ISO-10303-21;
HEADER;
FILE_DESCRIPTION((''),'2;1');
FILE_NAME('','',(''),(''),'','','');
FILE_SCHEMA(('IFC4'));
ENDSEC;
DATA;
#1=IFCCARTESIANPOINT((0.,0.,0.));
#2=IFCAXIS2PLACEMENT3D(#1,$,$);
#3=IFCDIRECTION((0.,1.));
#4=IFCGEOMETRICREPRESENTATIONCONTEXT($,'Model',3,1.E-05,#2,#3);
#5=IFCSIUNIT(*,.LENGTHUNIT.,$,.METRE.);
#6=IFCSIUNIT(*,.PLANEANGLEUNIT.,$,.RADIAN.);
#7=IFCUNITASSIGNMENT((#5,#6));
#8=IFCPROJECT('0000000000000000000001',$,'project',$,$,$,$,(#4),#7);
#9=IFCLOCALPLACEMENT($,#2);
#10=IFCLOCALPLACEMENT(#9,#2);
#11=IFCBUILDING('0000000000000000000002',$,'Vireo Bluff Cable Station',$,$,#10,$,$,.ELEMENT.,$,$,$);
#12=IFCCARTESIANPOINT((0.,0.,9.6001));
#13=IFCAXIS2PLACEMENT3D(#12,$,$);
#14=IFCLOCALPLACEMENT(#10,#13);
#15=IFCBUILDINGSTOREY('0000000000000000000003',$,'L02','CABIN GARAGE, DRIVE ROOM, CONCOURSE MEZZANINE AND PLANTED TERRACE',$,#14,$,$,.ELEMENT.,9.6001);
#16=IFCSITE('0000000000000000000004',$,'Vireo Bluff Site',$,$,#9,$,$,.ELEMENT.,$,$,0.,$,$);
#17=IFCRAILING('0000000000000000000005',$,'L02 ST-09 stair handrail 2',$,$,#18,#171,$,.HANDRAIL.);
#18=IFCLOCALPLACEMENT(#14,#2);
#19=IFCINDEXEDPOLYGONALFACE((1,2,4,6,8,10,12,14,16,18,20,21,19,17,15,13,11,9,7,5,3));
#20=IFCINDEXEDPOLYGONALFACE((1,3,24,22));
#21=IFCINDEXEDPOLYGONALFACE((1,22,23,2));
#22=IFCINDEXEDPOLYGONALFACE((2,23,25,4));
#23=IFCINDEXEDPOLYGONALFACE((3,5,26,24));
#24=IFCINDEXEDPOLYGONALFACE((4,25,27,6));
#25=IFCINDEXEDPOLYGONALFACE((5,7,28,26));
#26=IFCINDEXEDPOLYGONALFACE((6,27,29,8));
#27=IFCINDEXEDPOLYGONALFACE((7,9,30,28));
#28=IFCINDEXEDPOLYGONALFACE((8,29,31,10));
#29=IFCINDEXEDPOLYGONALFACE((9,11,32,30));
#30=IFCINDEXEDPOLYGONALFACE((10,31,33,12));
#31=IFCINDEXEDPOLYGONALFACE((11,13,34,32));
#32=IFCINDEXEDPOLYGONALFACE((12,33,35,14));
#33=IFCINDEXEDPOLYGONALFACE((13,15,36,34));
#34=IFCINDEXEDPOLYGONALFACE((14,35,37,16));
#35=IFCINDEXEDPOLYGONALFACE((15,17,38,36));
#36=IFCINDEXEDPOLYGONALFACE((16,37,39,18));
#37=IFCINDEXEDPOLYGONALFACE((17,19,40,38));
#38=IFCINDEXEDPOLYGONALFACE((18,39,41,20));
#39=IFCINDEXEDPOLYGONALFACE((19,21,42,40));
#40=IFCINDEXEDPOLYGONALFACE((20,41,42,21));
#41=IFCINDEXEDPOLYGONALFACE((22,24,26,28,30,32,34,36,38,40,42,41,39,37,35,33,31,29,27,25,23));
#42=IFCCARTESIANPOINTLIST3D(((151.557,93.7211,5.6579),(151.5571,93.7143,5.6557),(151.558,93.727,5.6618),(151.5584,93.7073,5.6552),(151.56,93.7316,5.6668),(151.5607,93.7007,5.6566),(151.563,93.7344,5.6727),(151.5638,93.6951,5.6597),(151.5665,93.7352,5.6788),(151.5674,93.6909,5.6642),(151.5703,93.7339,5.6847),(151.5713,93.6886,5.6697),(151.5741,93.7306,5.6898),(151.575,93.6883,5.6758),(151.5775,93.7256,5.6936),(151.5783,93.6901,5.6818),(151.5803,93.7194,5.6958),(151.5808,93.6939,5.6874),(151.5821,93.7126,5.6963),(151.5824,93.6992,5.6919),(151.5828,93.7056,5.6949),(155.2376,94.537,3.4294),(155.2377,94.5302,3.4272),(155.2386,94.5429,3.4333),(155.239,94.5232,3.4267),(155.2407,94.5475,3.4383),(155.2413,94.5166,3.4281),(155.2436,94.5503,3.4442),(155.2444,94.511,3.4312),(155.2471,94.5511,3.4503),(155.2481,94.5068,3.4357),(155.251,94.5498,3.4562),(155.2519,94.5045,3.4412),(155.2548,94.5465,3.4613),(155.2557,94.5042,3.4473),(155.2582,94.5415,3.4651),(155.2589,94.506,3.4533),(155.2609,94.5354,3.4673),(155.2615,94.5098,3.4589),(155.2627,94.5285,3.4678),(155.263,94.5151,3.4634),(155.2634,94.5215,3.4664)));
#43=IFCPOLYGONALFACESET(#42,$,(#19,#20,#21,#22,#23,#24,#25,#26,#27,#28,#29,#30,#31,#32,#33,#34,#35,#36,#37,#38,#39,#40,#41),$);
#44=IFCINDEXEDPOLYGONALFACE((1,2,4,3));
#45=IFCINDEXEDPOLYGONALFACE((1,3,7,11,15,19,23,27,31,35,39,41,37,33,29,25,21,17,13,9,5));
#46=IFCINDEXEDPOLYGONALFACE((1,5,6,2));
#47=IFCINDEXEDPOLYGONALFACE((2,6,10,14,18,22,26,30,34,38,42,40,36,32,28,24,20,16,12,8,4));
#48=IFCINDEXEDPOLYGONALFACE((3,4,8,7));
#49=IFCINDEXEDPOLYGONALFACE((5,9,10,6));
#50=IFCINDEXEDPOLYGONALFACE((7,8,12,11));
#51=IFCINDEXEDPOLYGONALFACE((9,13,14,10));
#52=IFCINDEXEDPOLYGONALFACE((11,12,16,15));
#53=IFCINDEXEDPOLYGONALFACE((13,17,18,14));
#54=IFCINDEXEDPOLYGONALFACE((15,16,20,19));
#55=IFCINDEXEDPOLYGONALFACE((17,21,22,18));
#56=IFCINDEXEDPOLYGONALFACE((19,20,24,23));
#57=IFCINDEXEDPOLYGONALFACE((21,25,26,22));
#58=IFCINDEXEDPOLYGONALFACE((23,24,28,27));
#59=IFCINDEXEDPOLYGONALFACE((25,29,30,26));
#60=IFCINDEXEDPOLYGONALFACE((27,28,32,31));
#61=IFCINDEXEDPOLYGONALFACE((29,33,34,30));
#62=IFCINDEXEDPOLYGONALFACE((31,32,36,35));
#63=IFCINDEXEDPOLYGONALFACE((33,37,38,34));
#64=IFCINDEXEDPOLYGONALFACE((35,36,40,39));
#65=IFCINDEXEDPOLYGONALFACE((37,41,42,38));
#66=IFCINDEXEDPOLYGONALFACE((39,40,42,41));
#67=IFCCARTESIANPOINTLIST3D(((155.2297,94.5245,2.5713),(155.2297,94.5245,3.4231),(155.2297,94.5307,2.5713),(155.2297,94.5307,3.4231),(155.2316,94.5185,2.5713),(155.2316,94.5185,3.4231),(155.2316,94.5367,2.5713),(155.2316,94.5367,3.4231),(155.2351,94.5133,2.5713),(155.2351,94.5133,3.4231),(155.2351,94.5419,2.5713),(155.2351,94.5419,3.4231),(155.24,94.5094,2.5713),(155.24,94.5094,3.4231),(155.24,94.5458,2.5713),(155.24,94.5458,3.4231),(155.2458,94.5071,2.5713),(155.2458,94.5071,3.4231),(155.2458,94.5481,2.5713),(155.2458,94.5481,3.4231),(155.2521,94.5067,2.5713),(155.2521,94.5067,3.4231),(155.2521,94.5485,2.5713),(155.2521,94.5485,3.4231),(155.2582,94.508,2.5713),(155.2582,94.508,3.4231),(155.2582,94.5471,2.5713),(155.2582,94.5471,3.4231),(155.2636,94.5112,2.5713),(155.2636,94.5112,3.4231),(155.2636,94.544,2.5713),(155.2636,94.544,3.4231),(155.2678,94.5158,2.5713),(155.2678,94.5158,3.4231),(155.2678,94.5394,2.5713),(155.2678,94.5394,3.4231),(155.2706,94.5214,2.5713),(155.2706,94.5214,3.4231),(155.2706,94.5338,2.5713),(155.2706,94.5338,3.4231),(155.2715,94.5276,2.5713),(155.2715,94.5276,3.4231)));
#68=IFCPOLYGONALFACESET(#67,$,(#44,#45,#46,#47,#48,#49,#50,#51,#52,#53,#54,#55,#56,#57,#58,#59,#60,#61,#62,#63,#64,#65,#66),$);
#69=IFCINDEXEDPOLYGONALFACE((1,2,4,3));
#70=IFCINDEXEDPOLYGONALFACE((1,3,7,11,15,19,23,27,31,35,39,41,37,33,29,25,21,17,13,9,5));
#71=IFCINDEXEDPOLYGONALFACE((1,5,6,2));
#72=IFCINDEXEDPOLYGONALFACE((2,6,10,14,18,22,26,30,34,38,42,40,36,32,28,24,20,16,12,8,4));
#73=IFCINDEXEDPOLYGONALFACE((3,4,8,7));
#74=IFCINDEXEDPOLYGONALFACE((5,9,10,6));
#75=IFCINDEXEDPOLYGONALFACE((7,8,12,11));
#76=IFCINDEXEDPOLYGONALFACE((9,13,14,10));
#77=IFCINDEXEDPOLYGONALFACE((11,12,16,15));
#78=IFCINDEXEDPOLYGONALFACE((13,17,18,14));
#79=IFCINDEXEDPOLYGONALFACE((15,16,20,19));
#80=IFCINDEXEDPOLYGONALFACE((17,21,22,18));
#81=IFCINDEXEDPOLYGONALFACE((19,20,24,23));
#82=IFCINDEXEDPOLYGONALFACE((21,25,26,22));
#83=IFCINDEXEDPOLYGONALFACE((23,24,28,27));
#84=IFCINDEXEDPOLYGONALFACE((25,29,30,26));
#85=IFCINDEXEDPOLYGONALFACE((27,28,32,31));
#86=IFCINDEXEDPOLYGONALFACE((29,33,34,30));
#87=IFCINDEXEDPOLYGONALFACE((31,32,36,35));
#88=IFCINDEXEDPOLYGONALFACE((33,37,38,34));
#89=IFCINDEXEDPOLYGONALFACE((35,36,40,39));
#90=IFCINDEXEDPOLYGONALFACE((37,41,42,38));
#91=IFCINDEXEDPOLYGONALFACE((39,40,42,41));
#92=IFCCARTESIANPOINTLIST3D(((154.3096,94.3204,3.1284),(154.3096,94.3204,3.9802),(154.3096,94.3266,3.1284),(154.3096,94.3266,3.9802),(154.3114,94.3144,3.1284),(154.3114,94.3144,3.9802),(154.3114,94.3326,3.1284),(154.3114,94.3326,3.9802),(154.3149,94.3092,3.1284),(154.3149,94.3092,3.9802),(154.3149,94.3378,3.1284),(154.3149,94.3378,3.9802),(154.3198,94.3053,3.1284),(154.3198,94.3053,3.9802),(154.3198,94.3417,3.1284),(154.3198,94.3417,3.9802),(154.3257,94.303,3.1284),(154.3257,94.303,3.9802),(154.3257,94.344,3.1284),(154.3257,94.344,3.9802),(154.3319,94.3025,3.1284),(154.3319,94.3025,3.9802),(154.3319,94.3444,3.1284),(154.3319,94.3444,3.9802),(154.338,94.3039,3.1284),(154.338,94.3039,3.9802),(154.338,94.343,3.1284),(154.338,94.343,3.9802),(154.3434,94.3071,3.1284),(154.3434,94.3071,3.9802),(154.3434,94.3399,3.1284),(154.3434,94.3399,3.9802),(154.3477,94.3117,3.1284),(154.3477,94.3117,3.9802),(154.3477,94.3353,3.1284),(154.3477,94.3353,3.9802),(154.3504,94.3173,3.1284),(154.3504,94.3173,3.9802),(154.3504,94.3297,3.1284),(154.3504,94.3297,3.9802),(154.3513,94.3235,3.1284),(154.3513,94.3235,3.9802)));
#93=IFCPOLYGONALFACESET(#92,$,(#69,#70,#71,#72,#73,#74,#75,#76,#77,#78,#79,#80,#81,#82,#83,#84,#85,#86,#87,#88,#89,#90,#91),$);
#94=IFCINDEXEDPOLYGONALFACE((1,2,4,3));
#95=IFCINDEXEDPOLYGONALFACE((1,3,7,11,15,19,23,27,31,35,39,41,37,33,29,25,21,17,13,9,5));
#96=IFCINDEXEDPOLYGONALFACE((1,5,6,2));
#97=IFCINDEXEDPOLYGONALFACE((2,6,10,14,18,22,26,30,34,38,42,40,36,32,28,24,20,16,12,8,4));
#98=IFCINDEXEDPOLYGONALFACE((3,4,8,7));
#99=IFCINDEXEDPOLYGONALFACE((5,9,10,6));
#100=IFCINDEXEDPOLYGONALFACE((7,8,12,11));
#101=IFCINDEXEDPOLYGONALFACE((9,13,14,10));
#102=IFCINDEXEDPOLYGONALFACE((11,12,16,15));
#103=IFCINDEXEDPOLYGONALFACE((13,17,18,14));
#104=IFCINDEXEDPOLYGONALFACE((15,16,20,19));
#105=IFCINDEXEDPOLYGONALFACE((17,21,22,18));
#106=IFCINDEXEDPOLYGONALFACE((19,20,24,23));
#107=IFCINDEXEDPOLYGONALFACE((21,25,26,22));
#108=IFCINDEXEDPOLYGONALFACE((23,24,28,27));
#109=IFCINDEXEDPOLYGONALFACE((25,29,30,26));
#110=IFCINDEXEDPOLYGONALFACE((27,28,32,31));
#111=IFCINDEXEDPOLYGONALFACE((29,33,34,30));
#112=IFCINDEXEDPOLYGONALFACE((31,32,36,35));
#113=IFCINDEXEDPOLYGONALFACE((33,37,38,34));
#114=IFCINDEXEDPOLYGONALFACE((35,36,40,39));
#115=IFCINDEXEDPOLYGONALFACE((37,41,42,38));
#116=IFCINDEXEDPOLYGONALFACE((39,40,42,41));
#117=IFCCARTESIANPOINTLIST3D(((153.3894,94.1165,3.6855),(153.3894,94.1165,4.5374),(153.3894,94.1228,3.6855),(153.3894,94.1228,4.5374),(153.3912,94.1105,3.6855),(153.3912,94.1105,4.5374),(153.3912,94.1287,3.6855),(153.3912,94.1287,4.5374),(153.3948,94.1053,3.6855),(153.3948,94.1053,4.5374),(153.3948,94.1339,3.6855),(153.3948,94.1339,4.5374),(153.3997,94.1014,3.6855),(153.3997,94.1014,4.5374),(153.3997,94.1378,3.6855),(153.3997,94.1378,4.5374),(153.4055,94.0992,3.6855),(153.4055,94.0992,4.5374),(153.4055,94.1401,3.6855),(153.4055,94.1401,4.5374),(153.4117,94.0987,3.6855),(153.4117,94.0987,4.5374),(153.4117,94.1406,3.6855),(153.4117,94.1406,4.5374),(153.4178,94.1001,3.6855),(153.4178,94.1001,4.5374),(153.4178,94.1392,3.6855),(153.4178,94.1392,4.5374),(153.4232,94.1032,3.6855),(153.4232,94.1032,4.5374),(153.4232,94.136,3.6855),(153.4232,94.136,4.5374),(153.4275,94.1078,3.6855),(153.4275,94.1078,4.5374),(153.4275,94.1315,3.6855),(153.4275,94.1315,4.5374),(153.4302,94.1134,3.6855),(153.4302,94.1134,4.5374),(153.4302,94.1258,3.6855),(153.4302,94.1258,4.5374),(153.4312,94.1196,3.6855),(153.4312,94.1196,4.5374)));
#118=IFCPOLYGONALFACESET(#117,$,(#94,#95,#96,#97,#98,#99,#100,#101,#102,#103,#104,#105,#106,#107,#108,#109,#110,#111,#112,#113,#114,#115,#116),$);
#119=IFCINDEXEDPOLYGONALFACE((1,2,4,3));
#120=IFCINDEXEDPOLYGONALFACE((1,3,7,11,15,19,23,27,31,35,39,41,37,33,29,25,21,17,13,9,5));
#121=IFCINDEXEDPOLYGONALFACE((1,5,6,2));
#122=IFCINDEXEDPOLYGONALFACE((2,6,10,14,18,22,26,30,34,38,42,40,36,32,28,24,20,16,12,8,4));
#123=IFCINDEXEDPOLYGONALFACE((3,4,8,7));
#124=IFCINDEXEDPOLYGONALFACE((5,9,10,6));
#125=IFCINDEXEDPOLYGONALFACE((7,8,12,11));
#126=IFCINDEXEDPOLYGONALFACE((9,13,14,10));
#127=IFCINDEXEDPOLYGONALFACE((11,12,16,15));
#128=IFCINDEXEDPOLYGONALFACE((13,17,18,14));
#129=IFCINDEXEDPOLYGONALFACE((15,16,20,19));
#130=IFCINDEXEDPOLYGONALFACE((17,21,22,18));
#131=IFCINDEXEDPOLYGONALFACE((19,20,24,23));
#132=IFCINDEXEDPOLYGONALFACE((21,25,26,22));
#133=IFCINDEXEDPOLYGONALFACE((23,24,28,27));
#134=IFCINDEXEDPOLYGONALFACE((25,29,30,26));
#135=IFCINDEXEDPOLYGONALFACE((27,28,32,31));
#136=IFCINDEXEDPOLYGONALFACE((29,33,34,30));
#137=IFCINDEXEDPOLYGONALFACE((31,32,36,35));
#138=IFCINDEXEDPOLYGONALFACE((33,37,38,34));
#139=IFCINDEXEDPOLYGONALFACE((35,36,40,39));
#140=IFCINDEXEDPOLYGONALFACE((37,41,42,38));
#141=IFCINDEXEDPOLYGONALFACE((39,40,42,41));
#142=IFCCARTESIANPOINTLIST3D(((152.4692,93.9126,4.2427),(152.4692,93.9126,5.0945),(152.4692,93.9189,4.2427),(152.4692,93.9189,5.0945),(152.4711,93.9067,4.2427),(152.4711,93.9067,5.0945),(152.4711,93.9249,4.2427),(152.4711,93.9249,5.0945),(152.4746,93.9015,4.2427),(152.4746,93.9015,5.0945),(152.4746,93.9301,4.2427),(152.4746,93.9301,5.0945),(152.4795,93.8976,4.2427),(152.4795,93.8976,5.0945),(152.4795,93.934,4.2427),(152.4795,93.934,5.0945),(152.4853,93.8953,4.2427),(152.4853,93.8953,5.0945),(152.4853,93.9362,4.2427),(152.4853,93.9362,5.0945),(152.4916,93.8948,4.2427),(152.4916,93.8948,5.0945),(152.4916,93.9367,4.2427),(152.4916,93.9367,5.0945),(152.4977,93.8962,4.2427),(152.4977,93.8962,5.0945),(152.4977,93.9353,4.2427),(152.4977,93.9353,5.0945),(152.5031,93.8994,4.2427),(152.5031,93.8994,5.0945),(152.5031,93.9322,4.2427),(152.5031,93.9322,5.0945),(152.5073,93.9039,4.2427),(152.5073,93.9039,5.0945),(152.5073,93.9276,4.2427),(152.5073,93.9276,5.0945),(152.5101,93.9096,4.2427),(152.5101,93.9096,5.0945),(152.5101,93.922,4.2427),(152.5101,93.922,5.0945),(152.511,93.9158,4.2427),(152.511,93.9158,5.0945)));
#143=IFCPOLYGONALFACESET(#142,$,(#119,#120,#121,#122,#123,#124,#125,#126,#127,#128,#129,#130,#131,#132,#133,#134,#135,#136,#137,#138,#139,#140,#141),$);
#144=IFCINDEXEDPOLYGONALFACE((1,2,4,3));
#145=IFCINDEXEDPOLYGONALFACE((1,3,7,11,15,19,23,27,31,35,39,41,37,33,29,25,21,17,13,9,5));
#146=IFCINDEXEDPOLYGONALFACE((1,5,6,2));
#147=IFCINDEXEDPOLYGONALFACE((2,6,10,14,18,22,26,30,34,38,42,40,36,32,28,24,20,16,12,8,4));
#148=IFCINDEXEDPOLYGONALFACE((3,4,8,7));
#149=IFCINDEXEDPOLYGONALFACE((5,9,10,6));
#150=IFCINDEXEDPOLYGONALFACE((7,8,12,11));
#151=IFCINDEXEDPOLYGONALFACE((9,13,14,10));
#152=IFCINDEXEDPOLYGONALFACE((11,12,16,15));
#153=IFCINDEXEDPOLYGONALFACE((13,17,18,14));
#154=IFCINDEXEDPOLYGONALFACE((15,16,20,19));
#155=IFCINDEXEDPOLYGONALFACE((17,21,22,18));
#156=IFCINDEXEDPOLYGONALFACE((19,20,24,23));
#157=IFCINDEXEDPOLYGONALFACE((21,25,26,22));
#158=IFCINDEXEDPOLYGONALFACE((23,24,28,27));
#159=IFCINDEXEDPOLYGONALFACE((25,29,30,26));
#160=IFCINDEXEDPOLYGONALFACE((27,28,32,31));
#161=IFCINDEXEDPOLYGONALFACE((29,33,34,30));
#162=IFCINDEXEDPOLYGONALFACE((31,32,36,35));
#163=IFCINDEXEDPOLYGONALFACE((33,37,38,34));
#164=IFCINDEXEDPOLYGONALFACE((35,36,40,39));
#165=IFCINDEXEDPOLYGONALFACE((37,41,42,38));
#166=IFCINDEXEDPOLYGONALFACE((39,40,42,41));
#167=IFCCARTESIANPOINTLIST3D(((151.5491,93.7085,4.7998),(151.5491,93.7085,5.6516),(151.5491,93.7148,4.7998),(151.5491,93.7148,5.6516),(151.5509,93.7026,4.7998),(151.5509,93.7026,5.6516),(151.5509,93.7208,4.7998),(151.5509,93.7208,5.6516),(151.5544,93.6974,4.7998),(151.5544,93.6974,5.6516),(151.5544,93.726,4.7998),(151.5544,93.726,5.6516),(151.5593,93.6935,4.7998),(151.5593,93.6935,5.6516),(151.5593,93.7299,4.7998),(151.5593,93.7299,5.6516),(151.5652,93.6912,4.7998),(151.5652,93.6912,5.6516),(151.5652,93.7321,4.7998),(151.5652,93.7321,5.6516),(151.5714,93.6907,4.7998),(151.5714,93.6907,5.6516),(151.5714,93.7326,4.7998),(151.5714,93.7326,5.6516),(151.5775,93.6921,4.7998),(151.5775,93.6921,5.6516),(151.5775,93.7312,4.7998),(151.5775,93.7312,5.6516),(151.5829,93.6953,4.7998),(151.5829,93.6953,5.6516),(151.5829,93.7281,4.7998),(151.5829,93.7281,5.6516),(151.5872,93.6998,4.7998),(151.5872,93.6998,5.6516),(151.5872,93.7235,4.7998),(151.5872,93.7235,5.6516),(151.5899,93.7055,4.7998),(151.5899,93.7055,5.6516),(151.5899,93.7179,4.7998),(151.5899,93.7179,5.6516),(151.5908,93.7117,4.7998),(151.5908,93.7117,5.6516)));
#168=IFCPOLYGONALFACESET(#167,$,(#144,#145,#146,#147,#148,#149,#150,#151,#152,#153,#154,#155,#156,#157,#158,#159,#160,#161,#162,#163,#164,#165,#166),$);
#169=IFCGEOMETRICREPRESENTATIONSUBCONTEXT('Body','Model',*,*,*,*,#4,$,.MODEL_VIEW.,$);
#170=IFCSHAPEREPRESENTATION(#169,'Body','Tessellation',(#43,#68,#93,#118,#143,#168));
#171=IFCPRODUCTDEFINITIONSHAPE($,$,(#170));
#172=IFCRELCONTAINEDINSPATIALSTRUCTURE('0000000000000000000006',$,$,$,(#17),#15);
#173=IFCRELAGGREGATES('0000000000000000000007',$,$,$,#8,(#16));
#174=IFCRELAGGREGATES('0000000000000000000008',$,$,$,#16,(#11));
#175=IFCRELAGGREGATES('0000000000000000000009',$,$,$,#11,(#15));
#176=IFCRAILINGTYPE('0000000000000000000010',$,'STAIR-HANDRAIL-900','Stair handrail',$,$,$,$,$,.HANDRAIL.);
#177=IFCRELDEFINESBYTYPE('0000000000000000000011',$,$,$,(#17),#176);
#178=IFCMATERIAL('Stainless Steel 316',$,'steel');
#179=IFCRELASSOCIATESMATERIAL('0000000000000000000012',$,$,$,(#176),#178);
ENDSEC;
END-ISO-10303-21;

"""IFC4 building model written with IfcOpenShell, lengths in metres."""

from ifc_helpers import new_model, si_unit, direction, frame, origin, origin_2d, place, context, subcontext, project, spatial, circle, extrude, material, type_object, element, save


model = new_model("IFC4")

# Units and contexts
model_context = context("Model", 3, precision=1e-05, world=origin(), true_north=direction((0.0, 1.0)))
body_context = subcontext(model_context, "Body", "Model", "MODEL_VIEW")
ifc_project = project(units=[si_unit("LENGTHUNIT", "METRE"), si_unit("PLANEANGLEUNIT", "RADIAN")], contexts=[model_context])

# Site, building, storey
site_placement = place(None, origin())
site = spatial("IfcSite", under=ifc_project, at=site_placement, Name="Vireo Bluff Site", CompositionType="ELEMENT", RefElevation=0.0)
building_placement = place(site_placement, origin())
building = spatial("IfcBuilding", under=site, at=building_placement, Name="Vireo Bluff Cable Station", CompositionType="ELEMENT")
storey_placement = place(building_placement, frame((0.0, 0.0, 9.6001)))
storey = spatial("IfcBuildingStorey", under=building, at=storey_placement, Name="L02", Description="CABIN GARAGE, DRIVE ROOM, CONCOURSE MEZZANINE AND PLANTED TERRACE", CompositionType="ELEMENT", Elevation=9.6001)

# Railing
ifc_material_1 = material(Name="Stainless Steel 316", Category="steel")
railing_type_1 = type_object("IfcRailingType", Name="STAIR-HANDRAIL-900", Description="Stair handrail", PredefinedType="HANDRAIL", material=ifc_material_1)
railing_1_placement = place(storey_placement, frame((155.2505, 94.5276, 2.5713)))
element("IfcRailing", 1, at=railing_1_placement, inside=storey, type_object=railing_type_1, Name="L02 ST-09 stair handrail 2", PredefinedType="HANDRAIL", context=body_context, shape_type="SweptSolid", body=[
    extrude(circle(Radius=0.0239, at=origin_2d()), frame((0.0, 0.0, 0.876), z_axis=(-0.840446, -0.186307, 0.508861), x_axis=(0.216423, -0.9763, 0.0)), (0.0, 0.0, 1.0), 4.3794),
    extrude(circle(Radius=0.021, at=origin_2d()), origin(), (0.0, 0.0, 1.0), 0.8518),
    extrude(circle(Radius=0.021, at=origin_2d()), frame((-0.9202, -0.2041, 0.5571)), (0.0, 0.0, 1.0), 0.8518),
    extrude(circle(Radius=0.021, at=origin_2d()), frame((-1.8403, -0.408, 1.1143)), (0.0, 0.0, 1.0), 0.8518),
    extrude(circle(Radius=0.021, at=origin_2d()), frame((-2.7605, -0.6118, 1.6714)), (0.0, 0.0, 1.0), 0.8518),
    extrude(circle(Radius=0.021, at=origin_2d()), frame((-3.6807, -0.8159, 2.2285)), (0.0, 0.0, 1.0), 0.8518),
])

save(model, "model.ifc")
